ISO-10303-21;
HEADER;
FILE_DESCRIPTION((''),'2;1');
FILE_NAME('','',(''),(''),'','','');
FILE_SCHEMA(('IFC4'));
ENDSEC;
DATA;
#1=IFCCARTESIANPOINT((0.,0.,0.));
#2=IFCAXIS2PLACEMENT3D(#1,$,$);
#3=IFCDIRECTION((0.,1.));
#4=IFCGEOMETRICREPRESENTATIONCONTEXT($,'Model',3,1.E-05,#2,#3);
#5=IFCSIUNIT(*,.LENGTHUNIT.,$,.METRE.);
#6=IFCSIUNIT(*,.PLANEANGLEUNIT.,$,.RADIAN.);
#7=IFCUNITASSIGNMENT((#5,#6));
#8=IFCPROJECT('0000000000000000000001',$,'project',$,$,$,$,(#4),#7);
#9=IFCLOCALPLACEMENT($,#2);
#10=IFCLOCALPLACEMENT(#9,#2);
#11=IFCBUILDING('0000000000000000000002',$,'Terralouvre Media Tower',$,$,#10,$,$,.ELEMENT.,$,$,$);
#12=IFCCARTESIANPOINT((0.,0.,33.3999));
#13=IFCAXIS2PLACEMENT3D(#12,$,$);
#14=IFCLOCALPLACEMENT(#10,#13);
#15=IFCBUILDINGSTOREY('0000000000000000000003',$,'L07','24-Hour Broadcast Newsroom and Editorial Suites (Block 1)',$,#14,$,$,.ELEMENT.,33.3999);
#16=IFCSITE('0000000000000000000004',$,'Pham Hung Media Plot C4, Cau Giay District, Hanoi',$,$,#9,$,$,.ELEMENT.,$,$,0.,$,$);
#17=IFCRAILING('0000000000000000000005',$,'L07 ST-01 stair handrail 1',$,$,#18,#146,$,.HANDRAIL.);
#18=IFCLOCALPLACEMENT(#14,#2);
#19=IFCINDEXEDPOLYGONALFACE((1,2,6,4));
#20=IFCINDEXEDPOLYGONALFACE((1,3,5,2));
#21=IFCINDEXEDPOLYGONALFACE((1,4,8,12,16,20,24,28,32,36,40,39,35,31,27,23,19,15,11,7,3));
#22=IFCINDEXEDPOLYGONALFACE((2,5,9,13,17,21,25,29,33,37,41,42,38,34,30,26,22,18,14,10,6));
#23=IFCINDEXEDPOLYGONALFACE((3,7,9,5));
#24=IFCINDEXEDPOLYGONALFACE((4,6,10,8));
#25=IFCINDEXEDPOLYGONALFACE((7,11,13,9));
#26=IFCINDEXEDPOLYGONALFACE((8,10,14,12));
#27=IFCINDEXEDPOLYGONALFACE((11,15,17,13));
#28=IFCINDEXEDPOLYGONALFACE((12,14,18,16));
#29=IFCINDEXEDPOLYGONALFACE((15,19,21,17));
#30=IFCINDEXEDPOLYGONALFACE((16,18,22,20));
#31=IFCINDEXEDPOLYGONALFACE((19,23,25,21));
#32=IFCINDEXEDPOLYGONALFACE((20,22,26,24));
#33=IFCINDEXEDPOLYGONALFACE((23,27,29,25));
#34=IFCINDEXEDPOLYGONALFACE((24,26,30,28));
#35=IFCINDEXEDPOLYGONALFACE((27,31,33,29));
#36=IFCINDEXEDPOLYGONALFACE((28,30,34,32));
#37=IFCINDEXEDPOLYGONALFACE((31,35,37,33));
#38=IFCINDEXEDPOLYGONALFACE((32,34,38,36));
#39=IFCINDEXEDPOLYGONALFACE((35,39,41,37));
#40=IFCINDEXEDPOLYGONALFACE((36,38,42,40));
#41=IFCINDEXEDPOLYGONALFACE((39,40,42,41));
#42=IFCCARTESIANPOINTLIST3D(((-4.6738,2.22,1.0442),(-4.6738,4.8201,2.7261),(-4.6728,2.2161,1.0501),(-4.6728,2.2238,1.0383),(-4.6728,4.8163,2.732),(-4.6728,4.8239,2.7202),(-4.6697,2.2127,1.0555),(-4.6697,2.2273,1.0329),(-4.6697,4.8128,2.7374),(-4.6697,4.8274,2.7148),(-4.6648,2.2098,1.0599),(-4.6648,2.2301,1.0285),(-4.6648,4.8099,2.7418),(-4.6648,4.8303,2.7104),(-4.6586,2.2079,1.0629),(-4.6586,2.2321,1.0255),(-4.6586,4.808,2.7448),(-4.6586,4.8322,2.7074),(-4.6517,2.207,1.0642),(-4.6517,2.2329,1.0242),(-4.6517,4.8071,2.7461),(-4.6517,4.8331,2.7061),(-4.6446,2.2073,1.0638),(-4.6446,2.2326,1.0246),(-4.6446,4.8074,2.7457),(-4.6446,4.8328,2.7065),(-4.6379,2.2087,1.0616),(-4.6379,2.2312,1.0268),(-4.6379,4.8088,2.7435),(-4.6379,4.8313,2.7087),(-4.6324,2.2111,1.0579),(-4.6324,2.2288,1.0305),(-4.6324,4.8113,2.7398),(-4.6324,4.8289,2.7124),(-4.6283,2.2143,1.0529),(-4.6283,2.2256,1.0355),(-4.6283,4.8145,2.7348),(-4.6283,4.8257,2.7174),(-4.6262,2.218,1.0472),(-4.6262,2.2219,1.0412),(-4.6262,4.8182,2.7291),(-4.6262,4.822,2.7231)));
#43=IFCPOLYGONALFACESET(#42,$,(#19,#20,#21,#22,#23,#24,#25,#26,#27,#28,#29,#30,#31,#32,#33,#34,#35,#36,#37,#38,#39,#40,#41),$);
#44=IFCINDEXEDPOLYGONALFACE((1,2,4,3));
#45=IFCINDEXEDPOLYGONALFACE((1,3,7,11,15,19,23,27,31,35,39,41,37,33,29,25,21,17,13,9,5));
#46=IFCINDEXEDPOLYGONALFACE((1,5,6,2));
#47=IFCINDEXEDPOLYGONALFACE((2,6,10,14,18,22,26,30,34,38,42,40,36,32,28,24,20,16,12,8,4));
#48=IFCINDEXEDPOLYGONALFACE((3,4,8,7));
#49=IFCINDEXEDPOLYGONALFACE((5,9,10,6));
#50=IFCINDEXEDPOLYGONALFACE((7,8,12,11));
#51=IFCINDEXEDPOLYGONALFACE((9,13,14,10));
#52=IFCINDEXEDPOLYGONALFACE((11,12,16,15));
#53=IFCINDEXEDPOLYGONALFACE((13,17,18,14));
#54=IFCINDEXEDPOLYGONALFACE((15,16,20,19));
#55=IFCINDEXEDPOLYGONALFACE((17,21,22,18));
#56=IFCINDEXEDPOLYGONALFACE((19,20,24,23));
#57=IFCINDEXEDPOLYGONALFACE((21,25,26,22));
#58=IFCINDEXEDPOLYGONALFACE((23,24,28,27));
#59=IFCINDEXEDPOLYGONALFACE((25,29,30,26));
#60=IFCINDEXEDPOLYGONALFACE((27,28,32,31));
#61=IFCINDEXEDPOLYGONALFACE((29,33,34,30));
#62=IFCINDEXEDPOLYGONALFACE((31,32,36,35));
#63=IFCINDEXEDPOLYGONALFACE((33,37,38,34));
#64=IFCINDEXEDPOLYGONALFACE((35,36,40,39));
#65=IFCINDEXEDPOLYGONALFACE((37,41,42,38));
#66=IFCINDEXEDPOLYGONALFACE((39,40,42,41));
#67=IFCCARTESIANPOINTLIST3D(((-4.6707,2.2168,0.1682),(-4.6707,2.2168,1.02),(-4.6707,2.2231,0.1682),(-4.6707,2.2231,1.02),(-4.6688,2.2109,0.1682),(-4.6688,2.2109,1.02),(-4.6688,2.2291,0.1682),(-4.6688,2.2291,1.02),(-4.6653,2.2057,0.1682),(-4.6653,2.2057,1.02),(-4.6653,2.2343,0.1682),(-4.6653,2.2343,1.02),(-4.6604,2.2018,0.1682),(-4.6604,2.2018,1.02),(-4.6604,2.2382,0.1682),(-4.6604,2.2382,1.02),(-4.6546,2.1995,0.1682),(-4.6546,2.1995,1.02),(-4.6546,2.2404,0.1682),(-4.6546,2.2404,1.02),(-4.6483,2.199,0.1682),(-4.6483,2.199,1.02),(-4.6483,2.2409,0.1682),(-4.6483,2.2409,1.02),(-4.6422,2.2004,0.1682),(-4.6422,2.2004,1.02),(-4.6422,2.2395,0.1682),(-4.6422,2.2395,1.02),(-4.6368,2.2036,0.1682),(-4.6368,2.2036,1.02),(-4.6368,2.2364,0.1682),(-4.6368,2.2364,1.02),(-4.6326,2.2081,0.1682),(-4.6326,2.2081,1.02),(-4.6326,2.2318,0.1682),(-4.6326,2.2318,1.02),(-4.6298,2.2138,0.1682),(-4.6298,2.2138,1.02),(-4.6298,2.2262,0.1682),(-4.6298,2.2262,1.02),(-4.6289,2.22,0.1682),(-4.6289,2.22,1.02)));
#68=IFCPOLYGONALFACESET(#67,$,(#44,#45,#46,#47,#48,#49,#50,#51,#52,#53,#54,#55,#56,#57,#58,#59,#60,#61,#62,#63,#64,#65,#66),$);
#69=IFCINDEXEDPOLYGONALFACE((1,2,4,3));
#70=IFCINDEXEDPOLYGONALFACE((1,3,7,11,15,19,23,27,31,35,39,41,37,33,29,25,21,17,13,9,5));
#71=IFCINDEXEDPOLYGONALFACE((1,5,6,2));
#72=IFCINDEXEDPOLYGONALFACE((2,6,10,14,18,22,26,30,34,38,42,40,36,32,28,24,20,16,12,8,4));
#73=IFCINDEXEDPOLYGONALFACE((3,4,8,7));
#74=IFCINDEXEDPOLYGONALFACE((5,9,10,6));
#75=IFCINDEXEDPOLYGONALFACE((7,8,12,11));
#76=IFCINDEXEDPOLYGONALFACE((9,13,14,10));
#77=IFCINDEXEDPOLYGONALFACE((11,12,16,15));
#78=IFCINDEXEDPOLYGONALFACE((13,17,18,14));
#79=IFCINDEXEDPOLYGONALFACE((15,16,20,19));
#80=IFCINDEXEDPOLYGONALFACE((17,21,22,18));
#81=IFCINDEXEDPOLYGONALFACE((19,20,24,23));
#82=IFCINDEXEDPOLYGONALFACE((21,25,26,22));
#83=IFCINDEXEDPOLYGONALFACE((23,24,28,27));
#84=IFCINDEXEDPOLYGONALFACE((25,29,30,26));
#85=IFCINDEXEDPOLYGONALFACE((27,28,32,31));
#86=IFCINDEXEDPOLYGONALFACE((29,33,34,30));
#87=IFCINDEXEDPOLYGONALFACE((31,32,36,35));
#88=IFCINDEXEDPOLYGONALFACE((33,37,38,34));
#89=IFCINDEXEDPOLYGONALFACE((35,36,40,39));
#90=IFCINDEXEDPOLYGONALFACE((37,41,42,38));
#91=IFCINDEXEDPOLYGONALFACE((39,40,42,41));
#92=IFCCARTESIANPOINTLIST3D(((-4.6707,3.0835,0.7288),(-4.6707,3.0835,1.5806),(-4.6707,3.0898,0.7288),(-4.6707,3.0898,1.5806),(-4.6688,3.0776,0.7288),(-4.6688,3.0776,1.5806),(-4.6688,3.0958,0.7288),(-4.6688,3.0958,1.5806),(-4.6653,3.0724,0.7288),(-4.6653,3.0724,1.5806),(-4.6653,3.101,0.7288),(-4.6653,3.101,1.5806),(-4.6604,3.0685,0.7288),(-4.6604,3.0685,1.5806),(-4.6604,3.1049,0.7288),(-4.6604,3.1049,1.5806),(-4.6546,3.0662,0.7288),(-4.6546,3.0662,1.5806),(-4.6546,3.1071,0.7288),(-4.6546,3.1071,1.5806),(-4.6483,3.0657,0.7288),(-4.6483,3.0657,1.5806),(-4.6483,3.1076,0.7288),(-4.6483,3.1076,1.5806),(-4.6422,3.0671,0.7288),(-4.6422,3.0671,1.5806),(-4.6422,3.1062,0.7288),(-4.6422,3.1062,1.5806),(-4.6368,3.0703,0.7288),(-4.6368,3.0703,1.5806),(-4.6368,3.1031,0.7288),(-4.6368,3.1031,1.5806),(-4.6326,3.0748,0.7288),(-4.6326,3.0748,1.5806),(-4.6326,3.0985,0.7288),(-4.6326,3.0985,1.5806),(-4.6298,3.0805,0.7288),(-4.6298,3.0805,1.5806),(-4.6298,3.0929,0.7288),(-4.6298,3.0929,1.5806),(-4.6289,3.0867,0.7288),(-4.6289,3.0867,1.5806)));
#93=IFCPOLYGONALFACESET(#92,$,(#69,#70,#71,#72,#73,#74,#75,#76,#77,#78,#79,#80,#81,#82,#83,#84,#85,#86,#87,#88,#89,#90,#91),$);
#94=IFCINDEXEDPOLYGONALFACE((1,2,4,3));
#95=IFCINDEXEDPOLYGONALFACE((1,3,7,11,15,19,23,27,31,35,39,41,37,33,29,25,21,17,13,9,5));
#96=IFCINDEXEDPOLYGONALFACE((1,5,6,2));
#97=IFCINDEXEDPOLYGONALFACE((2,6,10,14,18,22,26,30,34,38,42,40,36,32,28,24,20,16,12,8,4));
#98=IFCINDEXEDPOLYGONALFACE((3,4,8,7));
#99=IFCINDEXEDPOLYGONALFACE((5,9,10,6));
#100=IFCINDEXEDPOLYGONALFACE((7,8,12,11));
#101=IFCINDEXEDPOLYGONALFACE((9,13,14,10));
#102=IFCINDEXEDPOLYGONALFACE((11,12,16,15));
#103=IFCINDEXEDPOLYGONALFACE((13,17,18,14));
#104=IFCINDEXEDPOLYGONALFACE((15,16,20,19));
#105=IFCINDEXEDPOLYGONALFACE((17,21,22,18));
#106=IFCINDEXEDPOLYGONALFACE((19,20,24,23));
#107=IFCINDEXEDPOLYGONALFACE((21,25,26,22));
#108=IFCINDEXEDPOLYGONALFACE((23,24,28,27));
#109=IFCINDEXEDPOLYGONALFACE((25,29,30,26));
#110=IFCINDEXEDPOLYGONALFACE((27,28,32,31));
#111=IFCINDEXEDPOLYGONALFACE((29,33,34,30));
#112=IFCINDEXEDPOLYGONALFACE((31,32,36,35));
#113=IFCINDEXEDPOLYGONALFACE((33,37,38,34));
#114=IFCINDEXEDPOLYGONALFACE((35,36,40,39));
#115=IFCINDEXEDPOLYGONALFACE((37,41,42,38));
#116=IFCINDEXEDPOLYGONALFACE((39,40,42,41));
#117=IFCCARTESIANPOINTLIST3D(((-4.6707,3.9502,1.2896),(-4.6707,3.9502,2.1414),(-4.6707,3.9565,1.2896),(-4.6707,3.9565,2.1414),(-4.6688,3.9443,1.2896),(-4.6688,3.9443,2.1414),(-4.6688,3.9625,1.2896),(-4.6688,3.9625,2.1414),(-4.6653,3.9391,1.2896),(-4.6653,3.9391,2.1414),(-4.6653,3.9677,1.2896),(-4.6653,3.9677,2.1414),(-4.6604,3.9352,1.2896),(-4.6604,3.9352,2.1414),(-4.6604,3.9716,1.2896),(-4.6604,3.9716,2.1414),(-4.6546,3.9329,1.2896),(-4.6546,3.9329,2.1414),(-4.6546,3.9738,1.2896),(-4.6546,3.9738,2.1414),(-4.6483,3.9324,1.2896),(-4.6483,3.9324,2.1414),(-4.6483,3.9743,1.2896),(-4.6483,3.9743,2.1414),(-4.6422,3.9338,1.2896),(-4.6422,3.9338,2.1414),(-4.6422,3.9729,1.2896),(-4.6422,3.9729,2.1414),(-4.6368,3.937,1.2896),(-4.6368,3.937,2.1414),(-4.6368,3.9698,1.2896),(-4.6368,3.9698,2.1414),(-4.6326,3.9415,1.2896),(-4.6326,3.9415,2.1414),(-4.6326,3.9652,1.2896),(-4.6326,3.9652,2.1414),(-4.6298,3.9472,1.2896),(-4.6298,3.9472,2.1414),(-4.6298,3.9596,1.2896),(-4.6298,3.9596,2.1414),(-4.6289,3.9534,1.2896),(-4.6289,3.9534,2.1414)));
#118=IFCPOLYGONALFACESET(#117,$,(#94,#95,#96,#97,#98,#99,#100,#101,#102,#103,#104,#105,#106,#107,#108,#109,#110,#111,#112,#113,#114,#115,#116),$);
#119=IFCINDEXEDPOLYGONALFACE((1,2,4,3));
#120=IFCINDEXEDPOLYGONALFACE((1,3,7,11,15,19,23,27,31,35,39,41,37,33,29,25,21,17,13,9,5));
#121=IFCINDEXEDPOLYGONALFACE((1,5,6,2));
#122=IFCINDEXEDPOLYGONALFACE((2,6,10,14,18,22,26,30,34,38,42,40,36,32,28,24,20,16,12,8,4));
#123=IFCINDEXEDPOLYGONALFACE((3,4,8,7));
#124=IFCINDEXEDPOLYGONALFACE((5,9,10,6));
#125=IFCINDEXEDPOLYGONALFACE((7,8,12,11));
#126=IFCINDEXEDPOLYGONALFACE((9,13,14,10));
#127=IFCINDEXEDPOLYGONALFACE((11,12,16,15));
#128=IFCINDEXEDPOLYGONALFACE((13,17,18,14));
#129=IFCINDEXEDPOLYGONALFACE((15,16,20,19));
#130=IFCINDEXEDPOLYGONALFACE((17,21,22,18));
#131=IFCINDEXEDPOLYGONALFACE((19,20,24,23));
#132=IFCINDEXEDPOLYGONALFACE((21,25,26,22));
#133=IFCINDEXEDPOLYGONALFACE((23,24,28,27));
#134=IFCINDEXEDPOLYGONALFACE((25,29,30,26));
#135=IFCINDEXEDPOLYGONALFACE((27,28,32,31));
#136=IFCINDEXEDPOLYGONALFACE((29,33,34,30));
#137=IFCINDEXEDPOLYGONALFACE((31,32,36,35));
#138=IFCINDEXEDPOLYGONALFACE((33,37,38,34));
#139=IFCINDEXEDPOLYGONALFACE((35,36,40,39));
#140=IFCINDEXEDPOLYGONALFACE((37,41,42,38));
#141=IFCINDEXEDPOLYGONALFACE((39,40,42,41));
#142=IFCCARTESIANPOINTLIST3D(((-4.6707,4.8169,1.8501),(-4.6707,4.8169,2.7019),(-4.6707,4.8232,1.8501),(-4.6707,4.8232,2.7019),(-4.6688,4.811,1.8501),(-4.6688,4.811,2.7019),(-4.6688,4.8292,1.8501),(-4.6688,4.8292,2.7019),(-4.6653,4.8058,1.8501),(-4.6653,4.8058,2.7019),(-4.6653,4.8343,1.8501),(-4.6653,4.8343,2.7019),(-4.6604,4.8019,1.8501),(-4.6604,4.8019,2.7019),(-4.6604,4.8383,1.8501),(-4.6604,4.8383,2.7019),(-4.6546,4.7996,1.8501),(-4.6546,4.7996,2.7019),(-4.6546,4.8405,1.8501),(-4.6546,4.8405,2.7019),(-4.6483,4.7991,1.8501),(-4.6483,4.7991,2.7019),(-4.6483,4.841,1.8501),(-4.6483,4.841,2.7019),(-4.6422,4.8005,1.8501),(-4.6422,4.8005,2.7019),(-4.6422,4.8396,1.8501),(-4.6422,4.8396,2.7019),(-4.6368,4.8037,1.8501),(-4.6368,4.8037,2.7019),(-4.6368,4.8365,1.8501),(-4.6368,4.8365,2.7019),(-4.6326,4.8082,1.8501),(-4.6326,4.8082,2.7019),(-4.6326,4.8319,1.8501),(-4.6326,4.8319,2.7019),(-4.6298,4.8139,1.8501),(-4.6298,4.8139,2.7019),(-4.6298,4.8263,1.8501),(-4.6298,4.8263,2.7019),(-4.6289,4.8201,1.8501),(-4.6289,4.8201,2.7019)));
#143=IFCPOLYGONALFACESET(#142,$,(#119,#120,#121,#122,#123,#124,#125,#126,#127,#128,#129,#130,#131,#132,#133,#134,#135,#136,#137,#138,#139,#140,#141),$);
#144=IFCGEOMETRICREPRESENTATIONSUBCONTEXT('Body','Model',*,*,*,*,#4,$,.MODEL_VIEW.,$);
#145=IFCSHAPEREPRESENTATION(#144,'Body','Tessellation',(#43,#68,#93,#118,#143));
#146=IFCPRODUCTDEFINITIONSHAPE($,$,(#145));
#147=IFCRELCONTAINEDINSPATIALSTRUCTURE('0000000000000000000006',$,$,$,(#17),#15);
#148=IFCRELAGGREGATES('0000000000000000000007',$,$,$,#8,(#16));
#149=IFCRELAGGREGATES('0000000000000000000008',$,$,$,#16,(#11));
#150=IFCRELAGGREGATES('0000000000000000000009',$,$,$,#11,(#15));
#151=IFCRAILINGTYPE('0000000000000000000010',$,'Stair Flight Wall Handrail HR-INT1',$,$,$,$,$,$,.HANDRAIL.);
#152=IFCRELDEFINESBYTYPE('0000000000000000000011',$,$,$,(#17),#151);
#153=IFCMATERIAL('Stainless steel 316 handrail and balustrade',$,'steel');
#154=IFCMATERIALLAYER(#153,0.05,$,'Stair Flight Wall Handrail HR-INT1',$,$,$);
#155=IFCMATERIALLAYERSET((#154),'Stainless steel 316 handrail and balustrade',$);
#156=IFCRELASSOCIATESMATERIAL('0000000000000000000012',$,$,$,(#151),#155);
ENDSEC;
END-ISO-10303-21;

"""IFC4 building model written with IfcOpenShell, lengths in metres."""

from ifc_helpers import new_model, si_unit, direction, frame, origin, origin_2d, place, context, subcontext, project, spatial, circle, extrude, material, layer, layer_set, type_object, element, save


model = new_model("IFC4")

# Units and contexts
model_context = context("Model", 3, precision=1e-05, world=origin(), true_north=direction((0.0, 1.0)))
body_context = subcontext(model_context, "Body", "Model", "MODEL_VIEW")
ifc_project = project(units=[si_unit("LENGTHUNIT", "METRE"), si_unit("PLANEANGLEUNIT", "RADIAN")], contexts=[model_context])

# Site, building, storey
site_placement = place(None, origin())
site = spatial("IfcSite", under=ifc_project, at=site_placement, Name="Pham Hung Media Plot C4, Cau Giay District, Hanoi", CompositionType="ELEMENT", RefElevation=0.0)
building_placement = place(site_placement, origin())
building = spatial("IfcBuilding", under=site, at=building_placement, Name="Terralouvre Media Tower", CompositionType="ELEMENT")
storey_placement = place(building_placement, frame((0.0, 0.0, 33.3999)))
storey = spatial("IfcBuildingStorey", under=building, at=storey_placement, Name="L07", Description="24-Hour Broadcast Newsroom and Editorial Suites (Block 1)", CompositionType="ELEMENT", Elevation=33.3999)

# Railing
ifc_material_1 = material(Name="Stainless steel 316 handrail and balustrade", Category="steel")
ifc_layer_1 = layer(ifc_material_1, 0.05, Name="Stair Flight Wall Handrail HR-INT1")
ifc_layer_set_1 = layer_set([ifc_layer_1], Name="Stainless steel 316 handrail and balustrade")
railing_type_1 = type_object("IfcRailingType", Name="Stair Flight Wall Handrail HR-INT1", PredefinedType="HANDRAIL", material=ifc_layer_set_1)
railing_1_placement = place(storey_placement, frame((-4.6499, 2.22, 0.1682)))
element("IfcRailing", 1, at=railing_1_placement, inside=storey, type_object=railing_type_1, Name="L07 ST-01 stair handrail 1", PredefinedType="HANDRAIL", context=body_context, shape_type="SweptSolid", body=[
    extrude(circle(Radius=0.0239, at=origin_2d()), frame((0.0, 0.0, 0.876), z_axis=(0.0, 0.839648, 0.54313), x_axis=(-1.0, 0.0, 0.0)), (0.0, 0.0, 1.0), 3.0967),
    extrude(circle(Radius=0.021, at=origin_2d()), origin(), (0.0, 0.0, 1.0), 0.8518),
    extrude(circle(Radius=0.021, at=origin_2d()), frame((0.0, 0.8667, 0.5605)), (0.0, 0.0, 1.0), 0.8518),
    extrude(circle(Radius=0.021, at=origin_2d()), frame((0.0, 1.7334, 1.1213)), (0.0, 0.0, 1.0), 0.8518),
    extrude(circle(Radius=0.021, at=origin_2d()), frame((0.0, 2.6001, 1.6819)), (0.0, 0.0, 1.0), 0.8518),
])

save(model, "model.ifc")
